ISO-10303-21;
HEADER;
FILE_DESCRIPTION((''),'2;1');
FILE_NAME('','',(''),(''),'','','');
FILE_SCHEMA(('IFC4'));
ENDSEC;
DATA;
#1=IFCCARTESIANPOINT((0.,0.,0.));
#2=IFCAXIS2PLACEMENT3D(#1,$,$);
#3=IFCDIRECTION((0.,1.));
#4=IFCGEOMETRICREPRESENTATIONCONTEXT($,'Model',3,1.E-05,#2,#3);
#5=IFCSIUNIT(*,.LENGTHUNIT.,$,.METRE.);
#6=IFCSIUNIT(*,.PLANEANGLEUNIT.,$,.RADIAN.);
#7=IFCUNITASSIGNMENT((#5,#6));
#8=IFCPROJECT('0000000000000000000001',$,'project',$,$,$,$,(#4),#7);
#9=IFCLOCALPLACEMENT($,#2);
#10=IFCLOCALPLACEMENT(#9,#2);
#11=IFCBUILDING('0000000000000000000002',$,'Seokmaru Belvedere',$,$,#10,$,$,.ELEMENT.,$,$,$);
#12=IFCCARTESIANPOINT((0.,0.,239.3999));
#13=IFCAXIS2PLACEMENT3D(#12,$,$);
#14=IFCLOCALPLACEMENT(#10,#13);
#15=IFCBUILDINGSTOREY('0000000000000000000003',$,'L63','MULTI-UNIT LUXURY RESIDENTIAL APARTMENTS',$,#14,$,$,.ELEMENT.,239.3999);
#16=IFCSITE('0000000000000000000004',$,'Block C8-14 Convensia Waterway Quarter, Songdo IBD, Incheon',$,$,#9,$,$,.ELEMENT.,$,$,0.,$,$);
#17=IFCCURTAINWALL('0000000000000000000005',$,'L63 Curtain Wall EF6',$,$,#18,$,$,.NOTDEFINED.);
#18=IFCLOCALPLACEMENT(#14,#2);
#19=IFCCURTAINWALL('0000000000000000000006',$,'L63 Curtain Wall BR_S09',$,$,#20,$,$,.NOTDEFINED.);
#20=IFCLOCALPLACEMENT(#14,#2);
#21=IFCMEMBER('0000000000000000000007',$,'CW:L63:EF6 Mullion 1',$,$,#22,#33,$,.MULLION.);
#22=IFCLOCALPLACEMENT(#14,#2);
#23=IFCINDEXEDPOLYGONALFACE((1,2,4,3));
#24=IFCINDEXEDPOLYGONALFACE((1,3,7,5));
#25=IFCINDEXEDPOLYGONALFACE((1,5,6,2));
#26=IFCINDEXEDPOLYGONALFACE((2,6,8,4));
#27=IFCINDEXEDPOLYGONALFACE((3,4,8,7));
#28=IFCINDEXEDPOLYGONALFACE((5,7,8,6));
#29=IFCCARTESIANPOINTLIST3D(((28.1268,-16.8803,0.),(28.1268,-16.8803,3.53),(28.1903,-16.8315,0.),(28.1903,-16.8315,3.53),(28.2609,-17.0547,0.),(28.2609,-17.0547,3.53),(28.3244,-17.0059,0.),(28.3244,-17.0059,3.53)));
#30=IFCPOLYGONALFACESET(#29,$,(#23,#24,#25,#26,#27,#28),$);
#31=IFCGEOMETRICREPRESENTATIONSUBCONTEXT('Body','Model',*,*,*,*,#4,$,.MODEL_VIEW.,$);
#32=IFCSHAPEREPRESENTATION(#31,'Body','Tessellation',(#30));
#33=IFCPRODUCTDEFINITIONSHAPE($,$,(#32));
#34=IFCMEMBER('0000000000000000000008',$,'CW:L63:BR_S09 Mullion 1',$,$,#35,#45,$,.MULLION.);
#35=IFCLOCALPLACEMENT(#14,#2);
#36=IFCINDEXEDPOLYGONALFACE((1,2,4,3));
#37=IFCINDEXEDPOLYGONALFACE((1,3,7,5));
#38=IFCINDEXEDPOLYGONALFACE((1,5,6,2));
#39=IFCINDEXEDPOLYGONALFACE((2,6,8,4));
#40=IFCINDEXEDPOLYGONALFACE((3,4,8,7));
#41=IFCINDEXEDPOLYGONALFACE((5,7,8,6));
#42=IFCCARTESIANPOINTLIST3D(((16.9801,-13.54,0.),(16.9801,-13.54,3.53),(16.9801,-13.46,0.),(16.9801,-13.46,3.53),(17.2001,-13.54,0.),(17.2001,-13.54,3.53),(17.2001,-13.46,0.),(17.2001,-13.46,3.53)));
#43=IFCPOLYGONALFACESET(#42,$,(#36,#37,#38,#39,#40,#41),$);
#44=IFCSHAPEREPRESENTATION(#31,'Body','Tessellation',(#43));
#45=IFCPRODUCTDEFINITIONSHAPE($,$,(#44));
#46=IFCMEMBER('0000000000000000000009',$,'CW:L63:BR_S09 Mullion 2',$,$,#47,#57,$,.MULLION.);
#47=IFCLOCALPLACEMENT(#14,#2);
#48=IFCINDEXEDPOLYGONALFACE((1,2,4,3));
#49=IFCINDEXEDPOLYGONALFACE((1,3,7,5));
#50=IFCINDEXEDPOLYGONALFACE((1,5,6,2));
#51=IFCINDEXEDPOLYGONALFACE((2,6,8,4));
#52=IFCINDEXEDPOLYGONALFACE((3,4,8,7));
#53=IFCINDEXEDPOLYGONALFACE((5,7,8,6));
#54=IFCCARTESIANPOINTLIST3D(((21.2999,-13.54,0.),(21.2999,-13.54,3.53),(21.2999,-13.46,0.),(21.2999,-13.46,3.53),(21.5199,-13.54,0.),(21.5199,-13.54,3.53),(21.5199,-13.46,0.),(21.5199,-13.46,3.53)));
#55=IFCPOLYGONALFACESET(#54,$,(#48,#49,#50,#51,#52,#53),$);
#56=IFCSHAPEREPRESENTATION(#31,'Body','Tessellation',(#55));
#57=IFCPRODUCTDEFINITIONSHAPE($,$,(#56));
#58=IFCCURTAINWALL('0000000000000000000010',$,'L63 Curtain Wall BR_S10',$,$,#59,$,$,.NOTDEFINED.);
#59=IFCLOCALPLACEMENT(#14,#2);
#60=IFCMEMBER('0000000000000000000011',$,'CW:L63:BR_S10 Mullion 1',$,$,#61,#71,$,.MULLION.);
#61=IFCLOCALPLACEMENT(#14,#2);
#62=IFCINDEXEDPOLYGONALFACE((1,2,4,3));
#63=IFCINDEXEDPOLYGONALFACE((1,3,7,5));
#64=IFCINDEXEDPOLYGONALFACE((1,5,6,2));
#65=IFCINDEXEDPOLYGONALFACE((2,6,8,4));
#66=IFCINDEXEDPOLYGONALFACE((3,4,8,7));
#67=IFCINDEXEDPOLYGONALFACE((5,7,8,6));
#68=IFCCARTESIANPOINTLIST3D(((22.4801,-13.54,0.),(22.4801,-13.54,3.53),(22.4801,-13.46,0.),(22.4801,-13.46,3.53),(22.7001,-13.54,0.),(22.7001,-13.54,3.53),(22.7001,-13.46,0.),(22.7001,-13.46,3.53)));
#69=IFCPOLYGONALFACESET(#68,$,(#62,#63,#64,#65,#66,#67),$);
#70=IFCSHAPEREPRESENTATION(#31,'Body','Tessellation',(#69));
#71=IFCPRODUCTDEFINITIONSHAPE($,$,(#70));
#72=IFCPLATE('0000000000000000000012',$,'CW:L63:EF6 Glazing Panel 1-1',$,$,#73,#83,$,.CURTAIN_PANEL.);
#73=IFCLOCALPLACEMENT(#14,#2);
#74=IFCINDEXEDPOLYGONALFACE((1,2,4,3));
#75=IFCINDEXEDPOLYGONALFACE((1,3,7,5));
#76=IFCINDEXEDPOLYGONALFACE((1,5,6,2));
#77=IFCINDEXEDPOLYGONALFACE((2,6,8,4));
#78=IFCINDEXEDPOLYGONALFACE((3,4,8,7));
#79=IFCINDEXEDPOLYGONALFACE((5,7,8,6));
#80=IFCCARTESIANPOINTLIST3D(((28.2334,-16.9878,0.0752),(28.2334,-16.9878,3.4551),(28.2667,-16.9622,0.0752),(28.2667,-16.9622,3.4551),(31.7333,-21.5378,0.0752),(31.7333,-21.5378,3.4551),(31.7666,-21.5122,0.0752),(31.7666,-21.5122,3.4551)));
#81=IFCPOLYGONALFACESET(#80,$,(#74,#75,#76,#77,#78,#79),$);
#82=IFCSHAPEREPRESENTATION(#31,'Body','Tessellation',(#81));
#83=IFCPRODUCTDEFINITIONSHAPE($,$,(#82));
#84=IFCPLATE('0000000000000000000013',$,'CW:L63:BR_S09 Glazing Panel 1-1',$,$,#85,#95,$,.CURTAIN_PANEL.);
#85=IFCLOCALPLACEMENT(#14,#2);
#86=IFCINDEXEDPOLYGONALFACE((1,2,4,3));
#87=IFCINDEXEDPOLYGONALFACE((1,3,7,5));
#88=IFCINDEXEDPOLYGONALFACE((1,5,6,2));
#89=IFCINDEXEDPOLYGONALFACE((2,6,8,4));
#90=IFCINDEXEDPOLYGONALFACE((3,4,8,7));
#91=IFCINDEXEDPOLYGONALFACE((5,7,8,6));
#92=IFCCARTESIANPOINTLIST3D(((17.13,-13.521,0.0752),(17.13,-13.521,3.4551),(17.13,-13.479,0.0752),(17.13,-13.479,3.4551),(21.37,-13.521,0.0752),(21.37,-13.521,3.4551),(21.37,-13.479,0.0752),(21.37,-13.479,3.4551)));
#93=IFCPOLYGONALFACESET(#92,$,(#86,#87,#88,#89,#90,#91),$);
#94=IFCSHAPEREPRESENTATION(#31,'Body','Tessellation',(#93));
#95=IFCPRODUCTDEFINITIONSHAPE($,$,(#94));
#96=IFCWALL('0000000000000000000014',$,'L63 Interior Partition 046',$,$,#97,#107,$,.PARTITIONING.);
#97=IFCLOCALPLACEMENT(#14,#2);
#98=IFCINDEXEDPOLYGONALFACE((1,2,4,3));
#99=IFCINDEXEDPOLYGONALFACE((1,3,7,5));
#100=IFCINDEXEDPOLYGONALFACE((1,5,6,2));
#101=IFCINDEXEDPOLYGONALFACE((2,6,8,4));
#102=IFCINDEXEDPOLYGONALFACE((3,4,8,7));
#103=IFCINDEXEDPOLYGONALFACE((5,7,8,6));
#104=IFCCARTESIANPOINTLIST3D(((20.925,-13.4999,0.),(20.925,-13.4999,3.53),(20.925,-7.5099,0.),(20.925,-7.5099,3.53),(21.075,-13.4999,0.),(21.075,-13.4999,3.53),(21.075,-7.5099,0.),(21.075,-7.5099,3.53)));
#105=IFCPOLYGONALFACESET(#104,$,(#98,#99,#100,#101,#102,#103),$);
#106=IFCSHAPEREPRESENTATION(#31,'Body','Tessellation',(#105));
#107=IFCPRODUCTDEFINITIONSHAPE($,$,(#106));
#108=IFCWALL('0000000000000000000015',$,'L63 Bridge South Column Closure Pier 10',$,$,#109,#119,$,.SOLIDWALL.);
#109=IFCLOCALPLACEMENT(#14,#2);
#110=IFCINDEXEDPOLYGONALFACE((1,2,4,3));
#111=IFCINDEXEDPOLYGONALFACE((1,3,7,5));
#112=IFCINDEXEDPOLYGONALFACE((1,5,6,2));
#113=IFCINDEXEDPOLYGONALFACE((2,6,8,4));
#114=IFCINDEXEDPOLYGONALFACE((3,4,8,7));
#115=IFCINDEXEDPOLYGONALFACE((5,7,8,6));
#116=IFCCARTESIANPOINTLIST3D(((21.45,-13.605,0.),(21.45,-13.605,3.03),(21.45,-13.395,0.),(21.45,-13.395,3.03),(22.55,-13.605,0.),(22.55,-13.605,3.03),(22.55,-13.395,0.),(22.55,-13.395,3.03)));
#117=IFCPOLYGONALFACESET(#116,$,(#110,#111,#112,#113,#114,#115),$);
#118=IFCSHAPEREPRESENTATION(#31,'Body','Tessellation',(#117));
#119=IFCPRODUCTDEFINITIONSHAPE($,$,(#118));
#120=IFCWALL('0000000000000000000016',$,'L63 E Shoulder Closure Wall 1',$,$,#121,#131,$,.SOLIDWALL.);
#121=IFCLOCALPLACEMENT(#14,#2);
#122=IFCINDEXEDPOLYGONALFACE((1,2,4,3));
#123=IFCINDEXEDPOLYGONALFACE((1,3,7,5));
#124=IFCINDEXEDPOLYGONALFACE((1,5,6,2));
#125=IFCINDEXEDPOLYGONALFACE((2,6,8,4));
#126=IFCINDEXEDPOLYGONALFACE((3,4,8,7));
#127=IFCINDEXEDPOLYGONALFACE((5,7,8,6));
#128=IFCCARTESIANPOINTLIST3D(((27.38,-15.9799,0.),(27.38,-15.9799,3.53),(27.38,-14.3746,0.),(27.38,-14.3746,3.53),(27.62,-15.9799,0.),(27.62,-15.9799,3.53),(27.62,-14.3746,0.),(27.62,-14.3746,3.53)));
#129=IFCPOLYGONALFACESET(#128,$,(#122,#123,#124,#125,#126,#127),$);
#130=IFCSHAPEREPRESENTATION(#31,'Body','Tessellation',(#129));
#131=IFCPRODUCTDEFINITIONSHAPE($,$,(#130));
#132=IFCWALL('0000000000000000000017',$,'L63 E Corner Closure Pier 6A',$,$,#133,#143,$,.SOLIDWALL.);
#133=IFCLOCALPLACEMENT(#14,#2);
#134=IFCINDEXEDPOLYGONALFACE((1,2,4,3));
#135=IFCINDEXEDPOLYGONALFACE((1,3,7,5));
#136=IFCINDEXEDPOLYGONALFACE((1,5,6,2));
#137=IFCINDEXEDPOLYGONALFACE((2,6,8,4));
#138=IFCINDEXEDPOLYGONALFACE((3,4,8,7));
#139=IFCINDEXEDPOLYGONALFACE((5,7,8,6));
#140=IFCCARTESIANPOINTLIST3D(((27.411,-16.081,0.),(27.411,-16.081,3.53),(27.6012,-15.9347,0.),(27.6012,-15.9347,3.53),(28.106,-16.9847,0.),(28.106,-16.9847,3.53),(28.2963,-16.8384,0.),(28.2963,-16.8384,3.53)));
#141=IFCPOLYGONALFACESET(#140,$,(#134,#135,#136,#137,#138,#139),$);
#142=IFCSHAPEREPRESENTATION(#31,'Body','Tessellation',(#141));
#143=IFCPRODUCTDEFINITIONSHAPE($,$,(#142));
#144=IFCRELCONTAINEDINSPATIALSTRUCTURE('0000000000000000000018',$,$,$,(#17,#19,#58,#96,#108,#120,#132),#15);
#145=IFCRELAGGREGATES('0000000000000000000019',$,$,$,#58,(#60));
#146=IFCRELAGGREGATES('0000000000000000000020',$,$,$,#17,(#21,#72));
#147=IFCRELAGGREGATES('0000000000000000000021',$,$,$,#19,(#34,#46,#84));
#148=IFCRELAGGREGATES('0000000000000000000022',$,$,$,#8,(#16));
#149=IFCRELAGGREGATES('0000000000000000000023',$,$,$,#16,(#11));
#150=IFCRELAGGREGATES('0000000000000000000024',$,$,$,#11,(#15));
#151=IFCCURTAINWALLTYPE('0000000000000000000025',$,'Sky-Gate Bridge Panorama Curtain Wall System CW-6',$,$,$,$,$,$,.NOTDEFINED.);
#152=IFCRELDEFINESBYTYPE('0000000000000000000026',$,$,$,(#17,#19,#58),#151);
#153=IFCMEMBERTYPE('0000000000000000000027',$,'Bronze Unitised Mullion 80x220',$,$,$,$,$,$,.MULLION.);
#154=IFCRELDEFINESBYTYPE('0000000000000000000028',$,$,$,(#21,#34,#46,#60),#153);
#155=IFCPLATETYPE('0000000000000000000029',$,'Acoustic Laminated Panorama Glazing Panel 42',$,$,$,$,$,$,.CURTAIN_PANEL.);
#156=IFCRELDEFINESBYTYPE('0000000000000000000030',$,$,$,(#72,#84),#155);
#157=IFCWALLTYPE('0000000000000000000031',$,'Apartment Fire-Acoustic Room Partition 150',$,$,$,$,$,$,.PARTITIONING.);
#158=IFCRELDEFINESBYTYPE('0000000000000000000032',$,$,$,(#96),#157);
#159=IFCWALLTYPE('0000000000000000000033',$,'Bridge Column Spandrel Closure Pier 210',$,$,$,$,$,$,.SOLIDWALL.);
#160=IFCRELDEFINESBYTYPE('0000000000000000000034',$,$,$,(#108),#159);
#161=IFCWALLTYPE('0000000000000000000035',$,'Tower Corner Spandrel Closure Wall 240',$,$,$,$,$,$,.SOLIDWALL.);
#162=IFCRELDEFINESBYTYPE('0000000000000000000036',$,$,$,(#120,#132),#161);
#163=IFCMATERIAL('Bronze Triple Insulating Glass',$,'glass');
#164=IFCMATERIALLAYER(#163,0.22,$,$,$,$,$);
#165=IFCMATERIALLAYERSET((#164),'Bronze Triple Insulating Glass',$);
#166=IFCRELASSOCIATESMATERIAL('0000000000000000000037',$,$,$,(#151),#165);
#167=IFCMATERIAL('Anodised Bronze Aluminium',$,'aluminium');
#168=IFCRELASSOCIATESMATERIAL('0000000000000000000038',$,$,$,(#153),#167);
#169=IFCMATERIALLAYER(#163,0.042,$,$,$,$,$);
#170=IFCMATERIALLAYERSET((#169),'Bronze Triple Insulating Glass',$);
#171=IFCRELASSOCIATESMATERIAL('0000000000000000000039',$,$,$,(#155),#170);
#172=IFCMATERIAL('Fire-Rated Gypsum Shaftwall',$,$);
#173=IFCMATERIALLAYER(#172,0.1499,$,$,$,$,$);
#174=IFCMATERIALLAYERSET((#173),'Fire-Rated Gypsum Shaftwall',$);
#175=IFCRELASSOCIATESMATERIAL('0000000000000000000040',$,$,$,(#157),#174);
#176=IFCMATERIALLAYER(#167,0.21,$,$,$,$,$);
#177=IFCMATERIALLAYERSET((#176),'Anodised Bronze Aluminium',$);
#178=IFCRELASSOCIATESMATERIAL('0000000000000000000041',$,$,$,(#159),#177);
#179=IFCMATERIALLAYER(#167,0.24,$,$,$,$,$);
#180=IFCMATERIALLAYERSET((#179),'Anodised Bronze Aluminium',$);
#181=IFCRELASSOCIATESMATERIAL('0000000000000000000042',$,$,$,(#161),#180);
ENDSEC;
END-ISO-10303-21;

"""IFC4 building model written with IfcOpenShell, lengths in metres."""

from ifc_helpers import new_model, si_unit, direction, frame, frame_2d, origin, origin_2d, place, context, subcontext, project, spatial, rectangle, extrude, source, transform, mapped, material, layer, layer_set, material_profile, profile_set, type_object, type_shapes, element, aggregate, save


model = new_model("IFC4")

# Units and contexts
model_context = context("Model", 3, precision=1e-05, world=origin(), true_north=direction((0.0, 1.0)))
body_context = subcontext(model_context, "Body", "Model", "MODEL_VIEW")
ifc_project = project(units=[si_unit("LENGTHUNIT", "METRE"), si_unit("PLANEANGLEUNIT", "RADIAN")], contexts=[model_context])

# Site, building, storey
site_placement = place(None, origin())
site = spatial("IfcSite", under=ifc_project, at=site_placement, Name="Block C8-14 Convensia Waterway Quarter, Songdo IBD, Incheon", CompositionType="ELEMENT", RefElevation=0.0)
building_placement = place(site_placement, origin())
building = spatial("IfcBuilding", under=site, at=building_placement, Name="Seokmaru Belvedere", CompositionType="ELEMENT")
storey_placement = place(building_placement, frame((0.0, 0.0, 239.3999)))
storey = spatial("IfcBuildingStorey", under=building, at=storey_placement, Name="L63", Description="MULTI-UNIT LUXURY RESIDENTIAL APARTMENTS", CompositionType="ELEMENT", Elevation=239.3999)

# Curtain walls
ifc_material_1 = material(Name="Bronze Triple Insulating Glass", Category="glass")
ifc_layer_1 = layer(ifc_material_1, 0.22)
ifc_layer_set_1 = layer_set([ifc_layer_1], Name="Bronze Triple Insulating Glass")
curtain_wall_type = type_object("IfcCurtainWallType", Name="Sky-Gate Bridge Panorama Curtain Wall System CW-6", PredefinedType="NOTDEFINED", material=ifc_layer_set_1)
curtain_wall_1_placement = place(storey_placement, origin())
curtain_wall_1 = element("IfcCurtainWall", 1, at=curtain_wall_1_placement, inside=storey, type_object=curtain_wall_type, Name="L63 Curtain Wall EF6", PredefinedType="NOTDEFINED")
ifc_material_2 = material(Name="Anodised Bronze Aluminium", Category="aluminium")
curtain_wall_2_placement = place(storey_placement, origin())
curtain_wall_2 = element("IfcCurtainWall", 2, at=curtain_wall_2_placement, inside=storey, type_object=curtain_wall_type, Name="L63 Curtain Wall BR_S09", PredefinedType="NOTDEFINED")

# Members
ifc_material_profile_1 = material_profile(ifc_material_2, rectangle(XDim=0.0801, YDim=0.22, at=origin_2d()), Name="CW-M-80x220")
ifc_profile_set_1 = profile_set([ifc_material_profile_1], Name="Anodised Bronze Aluminium")
member_type_1 = type_object("IfcMemberType", Name="Bronze Unitised Mullion 80x220", PredefinedType="MULLION", material=ifc_profile_set_1)
shared_shape_1 = source(origin(), body_context, "Body", "SweptSolid", [
    extrude(rectangle(XDim=0.0801, YDim=0.22, at=origin_2d()), origin(), (0.0, 0.0, 1.0), 3.53),
])
type_shapes(member_type_1, [shared_shape_1])
member_1_placement = place(storey_placement, frame((28.2256, -16.9431, 0.0), z_axis=(0.0, 0.0, 1.0), x_axis=(0.792631, 0.609701, 0.0)))
member_1 = element("IfcMember", 3, at=member_1_placement, type_object=member_type_1, Name="CW:L63:EF6 Mullion 1", PredefinedType="MULLION", context=body_context, shape_type="MappedRepresentation", body=[
    mapped(shared_shape_1, transform((0.0, 0.0, 0.0), scale=1.0)),
])
member_2_placement = place(storey_placement, frame((17.0901, -13.5, 0.0), z_axis=(0.0, 0.0, 1.0), x_axis=(0.0, 1.0, 0.0)))
member_2 = element("IfcMember", 4, at=member_2_placement, type_object=member_type_1, Name="CW:L63:BR_S09 Mullion 1", PredefinedType="MULLION", context=body_context, shape_type="MappedRepresentation", body=[
    mapped(shared_shape_1, transform((0.0, 0.0, 0.0), scale=1.0)),
])
member_3_placement = place(storey_placement, frame((21.4099, -13.5, 0.0), z_axis=(0.0, 0.0, 1.0), x_axis=(0.0, 1.0, 0.0)))
member_3 = element("IfcMember", 5, at=member_3_placement, type_object=member_type_1, Name="CW:L63:BR_S09 Mullion 2", PredefinedType="MULLION", context=body_context, shape_type="MappedRepresentation", body=[
    mapped(shared_shape_1, transform((0.0, 0.0, 0.0), scale=1.0)),
])

# Curtain wall, member
curtain_wall_3_placement = place(storey_placement, origin())
curtain_wall_3 = element("IfcCurtainWall", 6, at=curtain_wall_3_placement, inside=storey, type_object=curtain_wall_type, Name="L63 Curtain Wall BR_S10", PredefinedType="NOTDEFINED")
member_4_placement = place(storey_placement, frame((22.5901, -13.5, 0.0), z_axis=(0.0, 0.0, 1.0), x_axis=(0.0, 1.0, 0.0)))
member_4 = element("IfcMember", 7, at=member_4_placement, type_object=member_type_1, Name="CW:L63:BR_S10 Mullion 1", PredefinedType="MULLION", context=body_context, shape_type="MappedRepresentation", body=[
    mapped(shared_shape_1, transform((0.0, 0.0, 0.0), scale=1.0)),
])
aggregate(curtain_wall_3, [member_4])

# Plates
ifc_layer_2 = layer(ifc_material_1, 0.042)
ifc_layer_set_2 = layer_set([ifc_layer_2], Name="Bronze Triple Insulating Glass")
plate_type = type_object("IfcPlateType", Name="Acoustic Laminated Panorama Glazing Panel 42", PredefinedType="CURTAIN_PANEL", material=ifc_layer_set_2)
shared_shape_2 = source(origin(), body_context, "Body", "SweptSolid", [
    extrude(rectangle(XDim=5.7405, YDim=0.042, at=origin_2d()), origin(), (0.0, 0.0, 1.0), 3.3799),
])
plate_1_placement = place(storey_placement, frame((30.0, -19.25, 0.0752), z_axis=(0.0, 0.0, 1.0), x_axis=(0.609701, -0.792631, 0.0)))
plate_1 = element("IfcPlate", 8, at=plate_1_placement, type_object=plate_type, Name="CW:L63:EF6 Glazing Panel 1-1", PredefinedType="CURTAIN_PANEL", context=body_context, shape_type="MappedRepresentation", body=[
    mapped(shared_shape_2, transform((0.0, 0.0, 0.0), scale=1.0)),
])
aggregate(curtain_wall_1, [member_1, plate_1])
shared_shape_3 = source(origin(), body_context, "Body", "SweptSolid", [
    extrude(rectangle(XDim=4.24, YDim=0.042, at=origin_2d()), origin(), (0.0, 0.0, 1.0), 3.3799),
])
type_shapes(plate_type, [shared_shape_2, shared_shape_3])
plate_2_placement = place(storey_placement, frame((19.25, -13.5, 0.0752), z_axis=(0.0, 0.0, 1.0), x_axis=(1.0, 0.0, 0.0)))
plate_2 = element("IfcPlate", 9, at=plate_2_placement, type_object=plate_type, Name="CW:L63:BR_S09 Glazing Panel 1-1", PredefinedType="CURTAIN_PANEL", context=body_context, shape_type="MappedRepresentation", body=[
    mapped(shared_shape_3, transform((0.0, 0.0, 0.0), scale=1.0)),
])
aggregate(curtain_wall_2, [member_2, member_3, plate_2])

# Walls
ifc_material_3 = material(Name="Fire-Rated Gypsum Shaftwall")
ifc_layer_3 = layer(ifc_material_3, 0.1499)
ifc_layer_set_3 = layer_set([ifc_layer_3], Name="Fire-Rated Gypsum Shaftwall")
wall_type_1 = type_object("IfcWallType", Name="Apartment Fire-Acoustic Room Partition 150", PredefinedType="PARTITIONING", material=ifc_layer_set_3)
wall_1_placement = place(storey_placement, frame((21.0, -13.5, 0.0), z_axis=(0.0, 0.0, 1.0), x_axis=(0.0, 1.0, 0.0)))
element("IfcWall", 10, at=wall_1_placement, inside=storey, type_object=wall_type_1, Name="L63 Interior Partition 046", PredefinedType="PARTITIONING", context=body_context, shape_type="SweptSolid", body=[
    extrude(rectangle(XDim=5.99, YDim=0.1499, at=frame_2d((2.9951, 0.0))), origin(), (0.0, 0.0, 1.0), 3.53),
])
ifc_layer_4 = layer(ifc_material_2, 0.21)
ifc_layer_set_4 = layer_set([ifc_layer_4], Name="Anodised Bronze Aluminium")
wall_type_2 = type_object("IfcWallType", Name="Bridge Column Spandrel Closure Pier 210", PredefinedType="SOLIDWALL", material=ifc_layer_set_4)
wall_2_placement = place(storey_placement, frame((21.45, -13.5, 0.0), z_axis=(0.0, 0.0, 1.0), x_axis=(1.0, 0.0, 0.0)))
element("IfcWall", 11, at=wall_2_placement, inside=storey, type_object=wall_type_2, Name="L63 Bridge South Column Closure Pier 10", PredefinedType="SOLIDWALL", context=body_context, shape_type="SweptSolid", body=[
    extrude(rectangle(XDim=1.1001, YDim=0.21, at=frame_2d((0.55, 0.0))), origin(), (0.0, 0.0, 1.0), 3.03),
])
ifc_layer_5 = layer(ifc_material_2, 0.24)
ifc_layer_set_5 = layer_set([ifc_layer_5], Name="Anodised Bronze Aluminium")
wall_type_3 = type_object("IfcWallType", Name="Tower Corner Spandrel Closure Wall 240", PredefinedType="SOLIDWALL", material=ifc_layer_set_5)
wall_3_placement = place(storey_placement, frame((27.5, -15.98, 0.0), z_axis=(0.0, 0.0, 1.0), x_axis=(0.0, 1.0, 0.0)))
element("IfcWall", 12, at=wall_3_placement, inside=storey, type_object=wall_type_3, Name="L63 E Shoulder Closure Wall 1", PredefinedType="SOLIDWALL", context=body_context, shape_type="SweptSolid", body=[
    extrude(rectangle(XDim=1.6052, YDim=0.24, at=frame_2d((0.8027, 0.0))), origin(), (0.0, 0.0, 1.0), 3.53),
])
wall_4_placement = place(storey_placement, frame((27.5061, -16.0078, 0.0), z_axis=(0.0, 0.0, 1.0), x_axis=(0.609618, -0.792696, 0.0)))
element("IfcWall", 13, at=wall_4_placement, inside=storey, type_object=wall_type_3, Name="L63 E Corner Closure Pier 6A", PredefinedType="SOLIDWALL", context=body_context, shape_type="SweptSolid", body=[
    extrude(rectangle(XDim=1.1401, YDim=0.24, at=frame_2d((0.5701, 0.0))), origin(), (0.0, 0.0, 1.0), 3.53),
])

save(model, "model.ifc")
